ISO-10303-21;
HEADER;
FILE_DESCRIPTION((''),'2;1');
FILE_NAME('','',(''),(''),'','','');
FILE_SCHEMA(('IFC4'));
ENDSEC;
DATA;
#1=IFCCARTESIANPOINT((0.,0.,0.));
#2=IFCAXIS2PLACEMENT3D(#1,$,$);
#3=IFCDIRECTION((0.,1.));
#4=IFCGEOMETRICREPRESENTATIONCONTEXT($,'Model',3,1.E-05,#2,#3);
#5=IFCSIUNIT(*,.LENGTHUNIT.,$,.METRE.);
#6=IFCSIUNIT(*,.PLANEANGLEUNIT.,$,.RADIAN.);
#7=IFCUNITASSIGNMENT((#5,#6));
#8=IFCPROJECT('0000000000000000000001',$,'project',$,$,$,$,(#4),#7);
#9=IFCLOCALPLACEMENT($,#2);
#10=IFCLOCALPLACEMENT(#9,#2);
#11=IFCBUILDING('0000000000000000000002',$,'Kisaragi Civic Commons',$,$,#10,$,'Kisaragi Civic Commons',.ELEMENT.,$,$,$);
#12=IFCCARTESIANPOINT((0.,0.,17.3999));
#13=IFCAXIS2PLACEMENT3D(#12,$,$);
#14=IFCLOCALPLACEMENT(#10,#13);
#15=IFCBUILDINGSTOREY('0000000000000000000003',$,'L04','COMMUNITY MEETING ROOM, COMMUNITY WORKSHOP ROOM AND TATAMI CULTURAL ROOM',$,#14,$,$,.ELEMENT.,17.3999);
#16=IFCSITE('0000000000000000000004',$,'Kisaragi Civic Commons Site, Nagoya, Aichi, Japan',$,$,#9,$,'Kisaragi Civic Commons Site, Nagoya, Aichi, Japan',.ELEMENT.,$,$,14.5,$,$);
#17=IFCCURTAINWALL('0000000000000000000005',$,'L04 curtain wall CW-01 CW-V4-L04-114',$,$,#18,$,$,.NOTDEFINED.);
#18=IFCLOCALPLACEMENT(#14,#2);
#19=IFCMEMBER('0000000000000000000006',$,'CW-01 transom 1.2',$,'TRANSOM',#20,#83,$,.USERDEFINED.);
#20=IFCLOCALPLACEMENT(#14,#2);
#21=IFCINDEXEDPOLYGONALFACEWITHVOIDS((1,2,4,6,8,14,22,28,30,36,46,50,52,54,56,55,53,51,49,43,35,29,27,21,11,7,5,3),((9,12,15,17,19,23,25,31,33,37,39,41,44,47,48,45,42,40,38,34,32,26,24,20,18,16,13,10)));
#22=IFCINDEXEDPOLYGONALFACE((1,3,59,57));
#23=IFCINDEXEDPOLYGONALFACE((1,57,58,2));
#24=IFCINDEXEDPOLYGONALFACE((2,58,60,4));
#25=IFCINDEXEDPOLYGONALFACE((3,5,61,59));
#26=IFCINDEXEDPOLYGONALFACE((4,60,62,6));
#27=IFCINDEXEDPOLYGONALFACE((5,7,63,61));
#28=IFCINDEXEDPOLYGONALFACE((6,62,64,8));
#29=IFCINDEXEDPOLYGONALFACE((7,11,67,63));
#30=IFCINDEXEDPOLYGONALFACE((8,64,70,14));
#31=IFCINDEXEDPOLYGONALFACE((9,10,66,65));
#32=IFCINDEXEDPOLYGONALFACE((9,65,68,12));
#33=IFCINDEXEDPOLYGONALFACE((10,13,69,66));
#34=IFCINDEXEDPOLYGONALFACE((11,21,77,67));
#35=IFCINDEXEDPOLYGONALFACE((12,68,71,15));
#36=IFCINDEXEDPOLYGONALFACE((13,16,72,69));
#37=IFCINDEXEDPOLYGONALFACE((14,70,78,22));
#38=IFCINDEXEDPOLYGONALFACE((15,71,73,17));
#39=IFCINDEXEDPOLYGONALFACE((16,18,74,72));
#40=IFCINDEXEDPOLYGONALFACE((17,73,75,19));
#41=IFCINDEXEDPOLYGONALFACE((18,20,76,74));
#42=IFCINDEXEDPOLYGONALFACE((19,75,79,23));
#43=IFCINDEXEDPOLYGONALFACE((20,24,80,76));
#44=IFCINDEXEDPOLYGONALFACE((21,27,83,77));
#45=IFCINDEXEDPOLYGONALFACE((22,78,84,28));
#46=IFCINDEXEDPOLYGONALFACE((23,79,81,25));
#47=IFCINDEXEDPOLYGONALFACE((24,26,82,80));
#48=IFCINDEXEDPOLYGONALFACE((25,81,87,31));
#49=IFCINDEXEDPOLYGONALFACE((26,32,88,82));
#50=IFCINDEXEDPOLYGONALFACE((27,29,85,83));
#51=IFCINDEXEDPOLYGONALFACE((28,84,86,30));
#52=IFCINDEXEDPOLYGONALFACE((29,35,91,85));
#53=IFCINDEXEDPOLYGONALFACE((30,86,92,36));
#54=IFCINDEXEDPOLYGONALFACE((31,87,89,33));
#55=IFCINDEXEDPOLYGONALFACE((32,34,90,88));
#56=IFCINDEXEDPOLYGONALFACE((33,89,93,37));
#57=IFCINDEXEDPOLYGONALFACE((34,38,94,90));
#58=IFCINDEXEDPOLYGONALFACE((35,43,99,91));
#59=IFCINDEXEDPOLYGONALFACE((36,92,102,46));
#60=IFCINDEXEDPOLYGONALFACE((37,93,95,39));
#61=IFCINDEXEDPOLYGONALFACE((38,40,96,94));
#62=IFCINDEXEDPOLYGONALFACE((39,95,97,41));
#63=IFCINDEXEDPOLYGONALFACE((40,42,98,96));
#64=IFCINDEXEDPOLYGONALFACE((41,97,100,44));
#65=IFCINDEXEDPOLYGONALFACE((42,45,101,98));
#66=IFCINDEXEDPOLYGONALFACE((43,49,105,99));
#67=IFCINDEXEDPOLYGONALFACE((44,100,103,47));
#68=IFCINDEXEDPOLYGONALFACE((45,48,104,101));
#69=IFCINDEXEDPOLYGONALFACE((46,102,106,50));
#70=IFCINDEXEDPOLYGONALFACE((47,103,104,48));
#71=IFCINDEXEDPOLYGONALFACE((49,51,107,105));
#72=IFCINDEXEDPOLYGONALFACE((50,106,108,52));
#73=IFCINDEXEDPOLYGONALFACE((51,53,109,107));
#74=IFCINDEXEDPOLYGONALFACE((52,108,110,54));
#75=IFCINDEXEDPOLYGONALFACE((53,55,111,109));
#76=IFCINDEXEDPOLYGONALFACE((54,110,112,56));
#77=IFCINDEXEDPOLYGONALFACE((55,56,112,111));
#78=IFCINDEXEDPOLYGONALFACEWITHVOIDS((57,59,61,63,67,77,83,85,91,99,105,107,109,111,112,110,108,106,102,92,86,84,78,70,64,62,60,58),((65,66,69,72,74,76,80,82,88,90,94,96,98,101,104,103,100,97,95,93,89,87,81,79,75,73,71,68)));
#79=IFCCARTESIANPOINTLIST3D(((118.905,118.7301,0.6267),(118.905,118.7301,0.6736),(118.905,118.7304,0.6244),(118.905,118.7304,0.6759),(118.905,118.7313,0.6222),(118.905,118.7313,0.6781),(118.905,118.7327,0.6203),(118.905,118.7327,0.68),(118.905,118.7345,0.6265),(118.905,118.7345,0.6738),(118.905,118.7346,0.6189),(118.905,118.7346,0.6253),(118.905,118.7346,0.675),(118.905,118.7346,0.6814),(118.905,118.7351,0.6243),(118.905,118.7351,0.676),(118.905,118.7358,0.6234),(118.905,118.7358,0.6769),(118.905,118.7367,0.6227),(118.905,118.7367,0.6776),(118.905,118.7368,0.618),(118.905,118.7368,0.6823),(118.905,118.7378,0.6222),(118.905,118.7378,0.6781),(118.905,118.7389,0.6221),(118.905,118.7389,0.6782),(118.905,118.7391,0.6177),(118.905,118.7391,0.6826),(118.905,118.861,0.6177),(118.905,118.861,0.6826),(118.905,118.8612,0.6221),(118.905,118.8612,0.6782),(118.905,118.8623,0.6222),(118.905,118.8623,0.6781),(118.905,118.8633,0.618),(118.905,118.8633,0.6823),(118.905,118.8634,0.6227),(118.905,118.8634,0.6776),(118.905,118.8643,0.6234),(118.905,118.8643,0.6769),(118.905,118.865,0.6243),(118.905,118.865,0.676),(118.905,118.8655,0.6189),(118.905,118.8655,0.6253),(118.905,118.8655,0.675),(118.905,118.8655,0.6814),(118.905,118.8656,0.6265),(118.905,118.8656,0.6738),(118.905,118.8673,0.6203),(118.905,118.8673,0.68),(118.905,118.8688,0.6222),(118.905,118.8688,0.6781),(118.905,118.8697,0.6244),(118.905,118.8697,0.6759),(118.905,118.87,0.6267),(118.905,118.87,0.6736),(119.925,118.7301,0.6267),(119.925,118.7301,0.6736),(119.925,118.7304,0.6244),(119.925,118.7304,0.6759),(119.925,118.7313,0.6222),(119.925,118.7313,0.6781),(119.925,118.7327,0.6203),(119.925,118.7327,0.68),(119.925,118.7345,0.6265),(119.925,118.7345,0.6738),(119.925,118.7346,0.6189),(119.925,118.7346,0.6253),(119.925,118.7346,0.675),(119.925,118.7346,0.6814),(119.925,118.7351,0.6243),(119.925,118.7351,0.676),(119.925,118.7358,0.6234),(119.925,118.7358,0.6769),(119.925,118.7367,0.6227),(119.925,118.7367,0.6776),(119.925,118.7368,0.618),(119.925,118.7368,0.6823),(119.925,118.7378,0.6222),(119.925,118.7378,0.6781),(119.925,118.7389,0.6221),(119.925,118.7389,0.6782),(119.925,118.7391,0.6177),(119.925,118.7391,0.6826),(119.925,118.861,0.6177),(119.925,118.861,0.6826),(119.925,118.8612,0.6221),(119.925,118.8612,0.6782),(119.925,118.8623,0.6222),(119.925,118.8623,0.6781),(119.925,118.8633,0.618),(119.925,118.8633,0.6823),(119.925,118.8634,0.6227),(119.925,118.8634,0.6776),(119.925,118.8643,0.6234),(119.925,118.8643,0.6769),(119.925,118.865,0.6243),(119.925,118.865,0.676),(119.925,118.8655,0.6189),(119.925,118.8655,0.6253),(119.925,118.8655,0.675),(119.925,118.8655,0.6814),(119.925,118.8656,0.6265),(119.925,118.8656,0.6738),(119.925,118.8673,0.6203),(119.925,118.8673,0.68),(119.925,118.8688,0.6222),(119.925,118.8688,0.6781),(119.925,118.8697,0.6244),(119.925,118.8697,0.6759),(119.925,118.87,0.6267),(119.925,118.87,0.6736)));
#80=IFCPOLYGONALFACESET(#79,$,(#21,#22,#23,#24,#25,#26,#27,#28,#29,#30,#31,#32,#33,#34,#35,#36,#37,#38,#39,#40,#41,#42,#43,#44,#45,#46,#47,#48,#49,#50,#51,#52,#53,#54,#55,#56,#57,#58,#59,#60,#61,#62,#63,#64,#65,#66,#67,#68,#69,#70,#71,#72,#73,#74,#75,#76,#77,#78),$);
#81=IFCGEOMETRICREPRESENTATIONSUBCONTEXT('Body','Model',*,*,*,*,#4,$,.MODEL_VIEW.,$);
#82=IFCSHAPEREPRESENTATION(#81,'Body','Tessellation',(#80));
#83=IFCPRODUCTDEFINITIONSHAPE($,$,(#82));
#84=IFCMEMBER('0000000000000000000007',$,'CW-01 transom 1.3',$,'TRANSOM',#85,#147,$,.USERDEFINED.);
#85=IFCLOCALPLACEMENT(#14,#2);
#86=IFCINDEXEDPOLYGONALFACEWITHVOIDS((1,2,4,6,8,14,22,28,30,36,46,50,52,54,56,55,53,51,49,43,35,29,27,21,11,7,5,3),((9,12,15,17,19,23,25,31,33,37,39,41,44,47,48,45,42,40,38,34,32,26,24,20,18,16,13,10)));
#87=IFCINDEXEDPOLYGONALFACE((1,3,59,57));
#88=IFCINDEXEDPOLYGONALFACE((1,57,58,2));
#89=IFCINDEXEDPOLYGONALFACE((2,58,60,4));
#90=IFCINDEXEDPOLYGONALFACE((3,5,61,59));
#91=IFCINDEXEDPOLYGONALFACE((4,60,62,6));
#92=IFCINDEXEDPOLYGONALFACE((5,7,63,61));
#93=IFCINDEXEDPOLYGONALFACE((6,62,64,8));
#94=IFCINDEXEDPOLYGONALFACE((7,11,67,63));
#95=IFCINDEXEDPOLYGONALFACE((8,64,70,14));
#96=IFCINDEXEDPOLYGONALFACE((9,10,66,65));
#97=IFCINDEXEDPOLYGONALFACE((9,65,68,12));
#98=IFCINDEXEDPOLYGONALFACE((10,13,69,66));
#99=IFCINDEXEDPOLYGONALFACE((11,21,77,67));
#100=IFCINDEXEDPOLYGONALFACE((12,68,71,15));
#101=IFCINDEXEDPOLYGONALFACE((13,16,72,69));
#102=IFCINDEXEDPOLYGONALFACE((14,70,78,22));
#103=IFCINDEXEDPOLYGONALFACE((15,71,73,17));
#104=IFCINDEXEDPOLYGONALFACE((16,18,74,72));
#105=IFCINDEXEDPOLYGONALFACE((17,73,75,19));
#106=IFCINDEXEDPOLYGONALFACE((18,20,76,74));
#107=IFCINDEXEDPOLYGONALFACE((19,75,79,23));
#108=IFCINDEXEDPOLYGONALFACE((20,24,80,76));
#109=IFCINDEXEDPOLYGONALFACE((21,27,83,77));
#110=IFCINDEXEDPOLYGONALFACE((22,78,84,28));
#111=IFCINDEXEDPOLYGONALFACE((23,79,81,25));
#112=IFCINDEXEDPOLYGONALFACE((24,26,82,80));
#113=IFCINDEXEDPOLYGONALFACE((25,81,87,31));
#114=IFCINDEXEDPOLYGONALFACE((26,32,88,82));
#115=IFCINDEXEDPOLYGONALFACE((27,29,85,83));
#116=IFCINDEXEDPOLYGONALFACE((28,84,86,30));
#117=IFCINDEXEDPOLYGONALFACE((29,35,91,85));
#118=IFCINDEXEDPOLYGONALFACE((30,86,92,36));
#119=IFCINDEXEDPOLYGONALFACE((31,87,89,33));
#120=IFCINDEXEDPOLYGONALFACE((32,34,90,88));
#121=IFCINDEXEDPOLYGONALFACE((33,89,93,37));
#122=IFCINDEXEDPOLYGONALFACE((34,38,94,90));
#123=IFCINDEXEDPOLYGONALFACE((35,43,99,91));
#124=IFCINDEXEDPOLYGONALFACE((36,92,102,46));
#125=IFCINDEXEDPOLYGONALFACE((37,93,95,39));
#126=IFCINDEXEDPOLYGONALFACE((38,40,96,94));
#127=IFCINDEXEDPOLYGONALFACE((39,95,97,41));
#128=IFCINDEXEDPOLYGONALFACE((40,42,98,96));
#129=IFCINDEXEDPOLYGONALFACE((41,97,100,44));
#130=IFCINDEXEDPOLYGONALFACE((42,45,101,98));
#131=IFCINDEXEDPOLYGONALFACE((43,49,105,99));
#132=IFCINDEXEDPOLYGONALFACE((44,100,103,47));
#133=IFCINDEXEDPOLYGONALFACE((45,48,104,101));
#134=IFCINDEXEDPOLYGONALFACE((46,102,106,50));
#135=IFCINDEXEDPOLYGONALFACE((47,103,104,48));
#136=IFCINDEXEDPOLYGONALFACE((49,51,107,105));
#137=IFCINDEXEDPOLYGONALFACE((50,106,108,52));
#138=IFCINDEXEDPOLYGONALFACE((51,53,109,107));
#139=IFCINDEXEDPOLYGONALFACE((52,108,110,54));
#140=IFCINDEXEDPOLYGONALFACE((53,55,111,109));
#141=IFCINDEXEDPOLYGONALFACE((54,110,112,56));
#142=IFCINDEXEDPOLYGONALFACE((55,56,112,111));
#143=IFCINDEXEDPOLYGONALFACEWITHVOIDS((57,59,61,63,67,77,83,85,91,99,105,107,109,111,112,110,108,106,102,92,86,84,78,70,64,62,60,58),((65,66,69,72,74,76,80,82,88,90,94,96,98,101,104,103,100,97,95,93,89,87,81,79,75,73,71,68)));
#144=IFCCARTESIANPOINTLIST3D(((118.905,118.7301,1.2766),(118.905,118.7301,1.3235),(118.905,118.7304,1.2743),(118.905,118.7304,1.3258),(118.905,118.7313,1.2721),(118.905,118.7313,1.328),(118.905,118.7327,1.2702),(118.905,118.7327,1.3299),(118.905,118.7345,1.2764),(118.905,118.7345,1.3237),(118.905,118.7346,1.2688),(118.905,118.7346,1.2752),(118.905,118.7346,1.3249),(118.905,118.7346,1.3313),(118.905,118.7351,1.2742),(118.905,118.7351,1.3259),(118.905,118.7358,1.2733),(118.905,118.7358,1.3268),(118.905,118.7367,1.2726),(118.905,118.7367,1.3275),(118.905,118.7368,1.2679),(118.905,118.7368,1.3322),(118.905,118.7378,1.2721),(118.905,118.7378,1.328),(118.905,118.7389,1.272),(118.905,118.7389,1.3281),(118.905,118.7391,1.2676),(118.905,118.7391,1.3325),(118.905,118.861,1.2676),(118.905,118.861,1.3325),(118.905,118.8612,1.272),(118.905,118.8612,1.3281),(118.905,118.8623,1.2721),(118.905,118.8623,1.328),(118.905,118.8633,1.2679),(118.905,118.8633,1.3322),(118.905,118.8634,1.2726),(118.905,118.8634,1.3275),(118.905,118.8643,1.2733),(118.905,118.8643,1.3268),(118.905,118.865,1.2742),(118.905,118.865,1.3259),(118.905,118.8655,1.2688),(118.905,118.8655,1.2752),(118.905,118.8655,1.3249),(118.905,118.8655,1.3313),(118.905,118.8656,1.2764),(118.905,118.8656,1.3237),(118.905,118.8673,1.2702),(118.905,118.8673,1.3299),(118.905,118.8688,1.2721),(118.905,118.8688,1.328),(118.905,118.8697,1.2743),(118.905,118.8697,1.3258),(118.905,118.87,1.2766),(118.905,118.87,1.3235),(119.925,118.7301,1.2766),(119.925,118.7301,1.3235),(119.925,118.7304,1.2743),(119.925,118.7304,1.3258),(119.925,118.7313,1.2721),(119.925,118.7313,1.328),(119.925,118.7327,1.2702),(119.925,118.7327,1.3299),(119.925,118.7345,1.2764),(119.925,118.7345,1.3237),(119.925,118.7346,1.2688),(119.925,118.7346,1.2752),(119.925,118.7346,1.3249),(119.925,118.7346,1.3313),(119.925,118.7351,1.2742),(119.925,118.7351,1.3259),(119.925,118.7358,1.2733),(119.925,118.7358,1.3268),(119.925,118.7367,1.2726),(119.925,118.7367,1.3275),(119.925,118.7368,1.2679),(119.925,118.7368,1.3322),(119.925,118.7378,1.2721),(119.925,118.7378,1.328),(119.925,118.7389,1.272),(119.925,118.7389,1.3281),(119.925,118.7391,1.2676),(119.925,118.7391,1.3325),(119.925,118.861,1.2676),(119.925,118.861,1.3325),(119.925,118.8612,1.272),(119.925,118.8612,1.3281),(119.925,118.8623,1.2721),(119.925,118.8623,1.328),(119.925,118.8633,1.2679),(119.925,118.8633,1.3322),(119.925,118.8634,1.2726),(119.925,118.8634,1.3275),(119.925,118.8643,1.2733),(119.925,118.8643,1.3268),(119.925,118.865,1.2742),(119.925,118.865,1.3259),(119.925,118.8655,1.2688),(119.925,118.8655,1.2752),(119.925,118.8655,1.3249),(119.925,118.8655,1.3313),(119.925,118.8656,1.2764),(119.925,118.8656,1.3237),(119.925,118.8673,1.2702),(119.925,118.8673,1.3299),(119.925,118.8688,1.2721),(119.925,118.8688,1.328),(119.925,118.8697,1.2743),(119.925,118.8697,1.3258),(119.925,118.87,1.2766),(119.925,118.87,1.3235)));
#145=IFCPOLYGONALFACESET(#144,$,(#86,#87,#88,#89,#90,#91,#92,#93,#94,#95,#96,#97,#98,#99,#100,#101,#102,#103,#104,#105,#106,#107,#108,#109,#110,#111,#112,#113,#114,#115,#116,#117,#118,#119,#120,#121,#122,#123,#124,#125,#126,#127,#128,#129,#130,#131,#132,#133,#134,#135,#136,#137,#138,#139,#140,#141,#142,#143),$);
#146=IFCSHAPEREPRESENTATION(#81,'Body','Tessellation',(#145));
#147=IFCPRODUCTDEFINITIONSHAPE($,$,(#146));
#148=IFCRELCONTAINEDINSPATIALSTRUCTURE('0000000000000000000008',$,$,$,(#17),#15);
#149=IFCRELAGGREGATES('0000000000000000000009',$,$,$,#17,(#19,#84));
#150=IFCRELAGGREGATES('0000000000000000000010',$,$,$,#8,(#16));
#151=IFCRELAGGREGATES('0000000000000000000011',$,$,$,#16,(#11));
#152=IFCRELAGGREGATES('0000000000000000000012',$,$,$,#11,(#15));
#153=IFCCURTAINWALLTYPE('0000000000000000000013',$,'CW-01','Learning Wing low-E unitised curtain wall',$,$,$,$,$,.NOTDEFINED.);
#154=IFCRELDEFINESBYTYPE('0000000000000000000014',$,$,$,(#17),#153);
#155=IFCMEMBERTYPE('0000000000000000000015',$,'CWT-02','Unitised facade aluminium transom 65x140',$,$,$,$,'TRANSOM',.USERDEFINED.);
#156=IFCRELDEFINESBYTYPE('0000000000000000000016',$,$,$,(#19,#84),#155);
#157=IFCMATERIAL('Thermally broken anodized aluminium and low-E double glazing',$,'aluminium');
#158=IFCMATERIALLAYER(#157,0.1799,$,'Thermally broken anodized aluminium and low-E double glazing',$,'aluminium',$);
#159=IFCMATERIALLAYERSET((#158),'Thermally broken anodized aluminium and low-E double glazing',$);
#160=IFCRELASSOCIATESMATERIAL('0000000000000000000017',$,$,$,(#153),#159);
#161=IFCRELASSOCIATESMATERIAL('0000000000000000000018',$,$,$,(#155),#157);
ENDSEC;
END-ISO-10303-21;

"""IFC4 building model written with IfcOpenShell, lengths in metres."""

from ifc_helpers import new_model, si_unit, direction, frame, origin, origin_2d, place, context, subcontext, project, spatial, hollow_rectangle, extrude, material, layer, layer_set, material_profile, profile_set, type_object, element, aggregate, save


model = new_model("IFC4")

# Units and contexts
model_context = context("Model", 3, precision=1e-05, world=origin(), true_north=direction((0.0, 1.0)))
body_context = subcontext(model_context, "Body", "Model", "MODEL_VIEW")
ifc_project = project(units=[si_unit("LENGTHUNIT", "METRE"), si_unit("PLANEANGLEUNIT", "RADIAN")], contexts=[model_context])

# Site, building, storey
site_placement = place(None, origin())
site = spatial("IfcSite", under=ifc_project, at=site_placement, Name="Kisaragi Civic Commons Site, Nagoya, Aichi, Japan", LongName="Kisaragi Civic Commons Site, Nagoya, Aichi, Japan", CompositionType="ELEMENT", RefElevation=14.5)
building_placement = place(site_placement, origin())
building = spatial("IfcBuilding", under=site, at=building_placement, Name="Kisaragi Civic Commons", LongName="Kisaragi Civic Commons", CompositionType="ELEMENT")
storey_placement = place(building_placement, frame((0.0, 0.0, 17.3999)))
storey = spatial("IfcBuildingStorey", under=building, at=storey_placement, Name="L04", Description="COMMUNITY MEETING ROOM, COMMUNITY WORKSHOP ROOM AND TATAMI CULTURAL ROOM", CompositionType="ELEMENT", Elevation=17.3999)

# Shared definitions
ifc_material_1 = material(Name="Thermally broken anodized aluminium and low-E double glazing", Category="aluminium")
ifc_layer_1 = layer(ifc_material_1, 0.1799, Name="Thermally broken anodized aluminium and low-E double glazing", Category="aluminium")
ifc_layer_set_1 = layer_set([ifc_layer_1], Name="Thermally broken anodized aluminium and low-E double glazing")
curtain_wall_type = type_object("IfcCurtainWallType", Name="CW-01", Description="Learning Wing low-E unitised curtain wall", PredefinedType="NOTDEFINED", material=ifc_layer_set_1)

# Curtain wall, members
curtain_wall_1_placement = place(storey_placement, origin())
curtain_wall_1 = element("IfcCurtainWall", 1, at=curtain_wall_1_placement, inside=storey, type_object=curtain_wall_type, Name="L04 curtain wall CW-01 CW-V4-L04-114", PredefinedType="NOTDEFINED")
ifc_material_profile_1 = material_profile(ifc_material_1, hollow_rectangle(XDim=0.1399, YDim=0.0649, WallThickness=0.0044, InnerFilletRadius=0.0044, OuterFilletRadius=0.009, at=origin_2d()), Name="CWT-65x140x4.5", Category="aluminium")
ifc_profile_set_1 = profile_set([ifc_material_profile_1], Name="Thermally broken anodized aluminium and low-E double glazing")
member_type_1 = type_object("IfcMemberType", Name="CWT-02", Description="Unitised facade aluminium transom 65x140", ElementType="TRANSOM", PredefinedType="USERDEFINED", material=ifc_profile_set_1)
member_1_placement = place(storey_placement, frame((118.905, 118.8, 0.6501), z_axis=(1.0, 0.0, 0.0), x_axis=(0.0, 1.0, 0.0)))
member_1 = element("IfcMember", 2, at=member_1_placement, type_object=member_type_1, Name="CW-01 transom 1.2", ObjectType="TRANSOM", PredefinedType="USERDEFINED", context=body_context, shape_type="SweptSolid", body=[
    extrude(hollow_rectangle(XDim=0.1399, YDim=0.0649, WallThickness=0.0044, InnerFilletRadius=0.0044, OuterFilletRadius=0.009, at=origin_2d()), origin(), (0.0, 0.0, 1.0), 1.02),
])
member_2_placement = place(storey_placement, frame((118.905, 118.8, 1.3), z_axis=(1.0, 0.0, 0.0), x_axis=(0.0, 1.0, 0.0)))
member_2 = element("IfcMember", 3, at=member_2_placement, type_object=member_type_1, Name="CW-01 transom 1.3", ObjectType="TRANSOM", PredefinedType="USERDEFINED", context=body_context, shape_type="SweptSolid", body=[
    extrude(hollow_rectangle(XDim=0.1399, YDim=0.0649, WallThickness=0.0044, InnerFilletRadius=0.0044, OuterFilletRadius=0.009, at=origin_2d()), origin(), (0.0, 0.0, 1.0), 1.02),
])
aggregate(curtain_wall_1, [member_1, member_2])

save(model, "model.ifc")
